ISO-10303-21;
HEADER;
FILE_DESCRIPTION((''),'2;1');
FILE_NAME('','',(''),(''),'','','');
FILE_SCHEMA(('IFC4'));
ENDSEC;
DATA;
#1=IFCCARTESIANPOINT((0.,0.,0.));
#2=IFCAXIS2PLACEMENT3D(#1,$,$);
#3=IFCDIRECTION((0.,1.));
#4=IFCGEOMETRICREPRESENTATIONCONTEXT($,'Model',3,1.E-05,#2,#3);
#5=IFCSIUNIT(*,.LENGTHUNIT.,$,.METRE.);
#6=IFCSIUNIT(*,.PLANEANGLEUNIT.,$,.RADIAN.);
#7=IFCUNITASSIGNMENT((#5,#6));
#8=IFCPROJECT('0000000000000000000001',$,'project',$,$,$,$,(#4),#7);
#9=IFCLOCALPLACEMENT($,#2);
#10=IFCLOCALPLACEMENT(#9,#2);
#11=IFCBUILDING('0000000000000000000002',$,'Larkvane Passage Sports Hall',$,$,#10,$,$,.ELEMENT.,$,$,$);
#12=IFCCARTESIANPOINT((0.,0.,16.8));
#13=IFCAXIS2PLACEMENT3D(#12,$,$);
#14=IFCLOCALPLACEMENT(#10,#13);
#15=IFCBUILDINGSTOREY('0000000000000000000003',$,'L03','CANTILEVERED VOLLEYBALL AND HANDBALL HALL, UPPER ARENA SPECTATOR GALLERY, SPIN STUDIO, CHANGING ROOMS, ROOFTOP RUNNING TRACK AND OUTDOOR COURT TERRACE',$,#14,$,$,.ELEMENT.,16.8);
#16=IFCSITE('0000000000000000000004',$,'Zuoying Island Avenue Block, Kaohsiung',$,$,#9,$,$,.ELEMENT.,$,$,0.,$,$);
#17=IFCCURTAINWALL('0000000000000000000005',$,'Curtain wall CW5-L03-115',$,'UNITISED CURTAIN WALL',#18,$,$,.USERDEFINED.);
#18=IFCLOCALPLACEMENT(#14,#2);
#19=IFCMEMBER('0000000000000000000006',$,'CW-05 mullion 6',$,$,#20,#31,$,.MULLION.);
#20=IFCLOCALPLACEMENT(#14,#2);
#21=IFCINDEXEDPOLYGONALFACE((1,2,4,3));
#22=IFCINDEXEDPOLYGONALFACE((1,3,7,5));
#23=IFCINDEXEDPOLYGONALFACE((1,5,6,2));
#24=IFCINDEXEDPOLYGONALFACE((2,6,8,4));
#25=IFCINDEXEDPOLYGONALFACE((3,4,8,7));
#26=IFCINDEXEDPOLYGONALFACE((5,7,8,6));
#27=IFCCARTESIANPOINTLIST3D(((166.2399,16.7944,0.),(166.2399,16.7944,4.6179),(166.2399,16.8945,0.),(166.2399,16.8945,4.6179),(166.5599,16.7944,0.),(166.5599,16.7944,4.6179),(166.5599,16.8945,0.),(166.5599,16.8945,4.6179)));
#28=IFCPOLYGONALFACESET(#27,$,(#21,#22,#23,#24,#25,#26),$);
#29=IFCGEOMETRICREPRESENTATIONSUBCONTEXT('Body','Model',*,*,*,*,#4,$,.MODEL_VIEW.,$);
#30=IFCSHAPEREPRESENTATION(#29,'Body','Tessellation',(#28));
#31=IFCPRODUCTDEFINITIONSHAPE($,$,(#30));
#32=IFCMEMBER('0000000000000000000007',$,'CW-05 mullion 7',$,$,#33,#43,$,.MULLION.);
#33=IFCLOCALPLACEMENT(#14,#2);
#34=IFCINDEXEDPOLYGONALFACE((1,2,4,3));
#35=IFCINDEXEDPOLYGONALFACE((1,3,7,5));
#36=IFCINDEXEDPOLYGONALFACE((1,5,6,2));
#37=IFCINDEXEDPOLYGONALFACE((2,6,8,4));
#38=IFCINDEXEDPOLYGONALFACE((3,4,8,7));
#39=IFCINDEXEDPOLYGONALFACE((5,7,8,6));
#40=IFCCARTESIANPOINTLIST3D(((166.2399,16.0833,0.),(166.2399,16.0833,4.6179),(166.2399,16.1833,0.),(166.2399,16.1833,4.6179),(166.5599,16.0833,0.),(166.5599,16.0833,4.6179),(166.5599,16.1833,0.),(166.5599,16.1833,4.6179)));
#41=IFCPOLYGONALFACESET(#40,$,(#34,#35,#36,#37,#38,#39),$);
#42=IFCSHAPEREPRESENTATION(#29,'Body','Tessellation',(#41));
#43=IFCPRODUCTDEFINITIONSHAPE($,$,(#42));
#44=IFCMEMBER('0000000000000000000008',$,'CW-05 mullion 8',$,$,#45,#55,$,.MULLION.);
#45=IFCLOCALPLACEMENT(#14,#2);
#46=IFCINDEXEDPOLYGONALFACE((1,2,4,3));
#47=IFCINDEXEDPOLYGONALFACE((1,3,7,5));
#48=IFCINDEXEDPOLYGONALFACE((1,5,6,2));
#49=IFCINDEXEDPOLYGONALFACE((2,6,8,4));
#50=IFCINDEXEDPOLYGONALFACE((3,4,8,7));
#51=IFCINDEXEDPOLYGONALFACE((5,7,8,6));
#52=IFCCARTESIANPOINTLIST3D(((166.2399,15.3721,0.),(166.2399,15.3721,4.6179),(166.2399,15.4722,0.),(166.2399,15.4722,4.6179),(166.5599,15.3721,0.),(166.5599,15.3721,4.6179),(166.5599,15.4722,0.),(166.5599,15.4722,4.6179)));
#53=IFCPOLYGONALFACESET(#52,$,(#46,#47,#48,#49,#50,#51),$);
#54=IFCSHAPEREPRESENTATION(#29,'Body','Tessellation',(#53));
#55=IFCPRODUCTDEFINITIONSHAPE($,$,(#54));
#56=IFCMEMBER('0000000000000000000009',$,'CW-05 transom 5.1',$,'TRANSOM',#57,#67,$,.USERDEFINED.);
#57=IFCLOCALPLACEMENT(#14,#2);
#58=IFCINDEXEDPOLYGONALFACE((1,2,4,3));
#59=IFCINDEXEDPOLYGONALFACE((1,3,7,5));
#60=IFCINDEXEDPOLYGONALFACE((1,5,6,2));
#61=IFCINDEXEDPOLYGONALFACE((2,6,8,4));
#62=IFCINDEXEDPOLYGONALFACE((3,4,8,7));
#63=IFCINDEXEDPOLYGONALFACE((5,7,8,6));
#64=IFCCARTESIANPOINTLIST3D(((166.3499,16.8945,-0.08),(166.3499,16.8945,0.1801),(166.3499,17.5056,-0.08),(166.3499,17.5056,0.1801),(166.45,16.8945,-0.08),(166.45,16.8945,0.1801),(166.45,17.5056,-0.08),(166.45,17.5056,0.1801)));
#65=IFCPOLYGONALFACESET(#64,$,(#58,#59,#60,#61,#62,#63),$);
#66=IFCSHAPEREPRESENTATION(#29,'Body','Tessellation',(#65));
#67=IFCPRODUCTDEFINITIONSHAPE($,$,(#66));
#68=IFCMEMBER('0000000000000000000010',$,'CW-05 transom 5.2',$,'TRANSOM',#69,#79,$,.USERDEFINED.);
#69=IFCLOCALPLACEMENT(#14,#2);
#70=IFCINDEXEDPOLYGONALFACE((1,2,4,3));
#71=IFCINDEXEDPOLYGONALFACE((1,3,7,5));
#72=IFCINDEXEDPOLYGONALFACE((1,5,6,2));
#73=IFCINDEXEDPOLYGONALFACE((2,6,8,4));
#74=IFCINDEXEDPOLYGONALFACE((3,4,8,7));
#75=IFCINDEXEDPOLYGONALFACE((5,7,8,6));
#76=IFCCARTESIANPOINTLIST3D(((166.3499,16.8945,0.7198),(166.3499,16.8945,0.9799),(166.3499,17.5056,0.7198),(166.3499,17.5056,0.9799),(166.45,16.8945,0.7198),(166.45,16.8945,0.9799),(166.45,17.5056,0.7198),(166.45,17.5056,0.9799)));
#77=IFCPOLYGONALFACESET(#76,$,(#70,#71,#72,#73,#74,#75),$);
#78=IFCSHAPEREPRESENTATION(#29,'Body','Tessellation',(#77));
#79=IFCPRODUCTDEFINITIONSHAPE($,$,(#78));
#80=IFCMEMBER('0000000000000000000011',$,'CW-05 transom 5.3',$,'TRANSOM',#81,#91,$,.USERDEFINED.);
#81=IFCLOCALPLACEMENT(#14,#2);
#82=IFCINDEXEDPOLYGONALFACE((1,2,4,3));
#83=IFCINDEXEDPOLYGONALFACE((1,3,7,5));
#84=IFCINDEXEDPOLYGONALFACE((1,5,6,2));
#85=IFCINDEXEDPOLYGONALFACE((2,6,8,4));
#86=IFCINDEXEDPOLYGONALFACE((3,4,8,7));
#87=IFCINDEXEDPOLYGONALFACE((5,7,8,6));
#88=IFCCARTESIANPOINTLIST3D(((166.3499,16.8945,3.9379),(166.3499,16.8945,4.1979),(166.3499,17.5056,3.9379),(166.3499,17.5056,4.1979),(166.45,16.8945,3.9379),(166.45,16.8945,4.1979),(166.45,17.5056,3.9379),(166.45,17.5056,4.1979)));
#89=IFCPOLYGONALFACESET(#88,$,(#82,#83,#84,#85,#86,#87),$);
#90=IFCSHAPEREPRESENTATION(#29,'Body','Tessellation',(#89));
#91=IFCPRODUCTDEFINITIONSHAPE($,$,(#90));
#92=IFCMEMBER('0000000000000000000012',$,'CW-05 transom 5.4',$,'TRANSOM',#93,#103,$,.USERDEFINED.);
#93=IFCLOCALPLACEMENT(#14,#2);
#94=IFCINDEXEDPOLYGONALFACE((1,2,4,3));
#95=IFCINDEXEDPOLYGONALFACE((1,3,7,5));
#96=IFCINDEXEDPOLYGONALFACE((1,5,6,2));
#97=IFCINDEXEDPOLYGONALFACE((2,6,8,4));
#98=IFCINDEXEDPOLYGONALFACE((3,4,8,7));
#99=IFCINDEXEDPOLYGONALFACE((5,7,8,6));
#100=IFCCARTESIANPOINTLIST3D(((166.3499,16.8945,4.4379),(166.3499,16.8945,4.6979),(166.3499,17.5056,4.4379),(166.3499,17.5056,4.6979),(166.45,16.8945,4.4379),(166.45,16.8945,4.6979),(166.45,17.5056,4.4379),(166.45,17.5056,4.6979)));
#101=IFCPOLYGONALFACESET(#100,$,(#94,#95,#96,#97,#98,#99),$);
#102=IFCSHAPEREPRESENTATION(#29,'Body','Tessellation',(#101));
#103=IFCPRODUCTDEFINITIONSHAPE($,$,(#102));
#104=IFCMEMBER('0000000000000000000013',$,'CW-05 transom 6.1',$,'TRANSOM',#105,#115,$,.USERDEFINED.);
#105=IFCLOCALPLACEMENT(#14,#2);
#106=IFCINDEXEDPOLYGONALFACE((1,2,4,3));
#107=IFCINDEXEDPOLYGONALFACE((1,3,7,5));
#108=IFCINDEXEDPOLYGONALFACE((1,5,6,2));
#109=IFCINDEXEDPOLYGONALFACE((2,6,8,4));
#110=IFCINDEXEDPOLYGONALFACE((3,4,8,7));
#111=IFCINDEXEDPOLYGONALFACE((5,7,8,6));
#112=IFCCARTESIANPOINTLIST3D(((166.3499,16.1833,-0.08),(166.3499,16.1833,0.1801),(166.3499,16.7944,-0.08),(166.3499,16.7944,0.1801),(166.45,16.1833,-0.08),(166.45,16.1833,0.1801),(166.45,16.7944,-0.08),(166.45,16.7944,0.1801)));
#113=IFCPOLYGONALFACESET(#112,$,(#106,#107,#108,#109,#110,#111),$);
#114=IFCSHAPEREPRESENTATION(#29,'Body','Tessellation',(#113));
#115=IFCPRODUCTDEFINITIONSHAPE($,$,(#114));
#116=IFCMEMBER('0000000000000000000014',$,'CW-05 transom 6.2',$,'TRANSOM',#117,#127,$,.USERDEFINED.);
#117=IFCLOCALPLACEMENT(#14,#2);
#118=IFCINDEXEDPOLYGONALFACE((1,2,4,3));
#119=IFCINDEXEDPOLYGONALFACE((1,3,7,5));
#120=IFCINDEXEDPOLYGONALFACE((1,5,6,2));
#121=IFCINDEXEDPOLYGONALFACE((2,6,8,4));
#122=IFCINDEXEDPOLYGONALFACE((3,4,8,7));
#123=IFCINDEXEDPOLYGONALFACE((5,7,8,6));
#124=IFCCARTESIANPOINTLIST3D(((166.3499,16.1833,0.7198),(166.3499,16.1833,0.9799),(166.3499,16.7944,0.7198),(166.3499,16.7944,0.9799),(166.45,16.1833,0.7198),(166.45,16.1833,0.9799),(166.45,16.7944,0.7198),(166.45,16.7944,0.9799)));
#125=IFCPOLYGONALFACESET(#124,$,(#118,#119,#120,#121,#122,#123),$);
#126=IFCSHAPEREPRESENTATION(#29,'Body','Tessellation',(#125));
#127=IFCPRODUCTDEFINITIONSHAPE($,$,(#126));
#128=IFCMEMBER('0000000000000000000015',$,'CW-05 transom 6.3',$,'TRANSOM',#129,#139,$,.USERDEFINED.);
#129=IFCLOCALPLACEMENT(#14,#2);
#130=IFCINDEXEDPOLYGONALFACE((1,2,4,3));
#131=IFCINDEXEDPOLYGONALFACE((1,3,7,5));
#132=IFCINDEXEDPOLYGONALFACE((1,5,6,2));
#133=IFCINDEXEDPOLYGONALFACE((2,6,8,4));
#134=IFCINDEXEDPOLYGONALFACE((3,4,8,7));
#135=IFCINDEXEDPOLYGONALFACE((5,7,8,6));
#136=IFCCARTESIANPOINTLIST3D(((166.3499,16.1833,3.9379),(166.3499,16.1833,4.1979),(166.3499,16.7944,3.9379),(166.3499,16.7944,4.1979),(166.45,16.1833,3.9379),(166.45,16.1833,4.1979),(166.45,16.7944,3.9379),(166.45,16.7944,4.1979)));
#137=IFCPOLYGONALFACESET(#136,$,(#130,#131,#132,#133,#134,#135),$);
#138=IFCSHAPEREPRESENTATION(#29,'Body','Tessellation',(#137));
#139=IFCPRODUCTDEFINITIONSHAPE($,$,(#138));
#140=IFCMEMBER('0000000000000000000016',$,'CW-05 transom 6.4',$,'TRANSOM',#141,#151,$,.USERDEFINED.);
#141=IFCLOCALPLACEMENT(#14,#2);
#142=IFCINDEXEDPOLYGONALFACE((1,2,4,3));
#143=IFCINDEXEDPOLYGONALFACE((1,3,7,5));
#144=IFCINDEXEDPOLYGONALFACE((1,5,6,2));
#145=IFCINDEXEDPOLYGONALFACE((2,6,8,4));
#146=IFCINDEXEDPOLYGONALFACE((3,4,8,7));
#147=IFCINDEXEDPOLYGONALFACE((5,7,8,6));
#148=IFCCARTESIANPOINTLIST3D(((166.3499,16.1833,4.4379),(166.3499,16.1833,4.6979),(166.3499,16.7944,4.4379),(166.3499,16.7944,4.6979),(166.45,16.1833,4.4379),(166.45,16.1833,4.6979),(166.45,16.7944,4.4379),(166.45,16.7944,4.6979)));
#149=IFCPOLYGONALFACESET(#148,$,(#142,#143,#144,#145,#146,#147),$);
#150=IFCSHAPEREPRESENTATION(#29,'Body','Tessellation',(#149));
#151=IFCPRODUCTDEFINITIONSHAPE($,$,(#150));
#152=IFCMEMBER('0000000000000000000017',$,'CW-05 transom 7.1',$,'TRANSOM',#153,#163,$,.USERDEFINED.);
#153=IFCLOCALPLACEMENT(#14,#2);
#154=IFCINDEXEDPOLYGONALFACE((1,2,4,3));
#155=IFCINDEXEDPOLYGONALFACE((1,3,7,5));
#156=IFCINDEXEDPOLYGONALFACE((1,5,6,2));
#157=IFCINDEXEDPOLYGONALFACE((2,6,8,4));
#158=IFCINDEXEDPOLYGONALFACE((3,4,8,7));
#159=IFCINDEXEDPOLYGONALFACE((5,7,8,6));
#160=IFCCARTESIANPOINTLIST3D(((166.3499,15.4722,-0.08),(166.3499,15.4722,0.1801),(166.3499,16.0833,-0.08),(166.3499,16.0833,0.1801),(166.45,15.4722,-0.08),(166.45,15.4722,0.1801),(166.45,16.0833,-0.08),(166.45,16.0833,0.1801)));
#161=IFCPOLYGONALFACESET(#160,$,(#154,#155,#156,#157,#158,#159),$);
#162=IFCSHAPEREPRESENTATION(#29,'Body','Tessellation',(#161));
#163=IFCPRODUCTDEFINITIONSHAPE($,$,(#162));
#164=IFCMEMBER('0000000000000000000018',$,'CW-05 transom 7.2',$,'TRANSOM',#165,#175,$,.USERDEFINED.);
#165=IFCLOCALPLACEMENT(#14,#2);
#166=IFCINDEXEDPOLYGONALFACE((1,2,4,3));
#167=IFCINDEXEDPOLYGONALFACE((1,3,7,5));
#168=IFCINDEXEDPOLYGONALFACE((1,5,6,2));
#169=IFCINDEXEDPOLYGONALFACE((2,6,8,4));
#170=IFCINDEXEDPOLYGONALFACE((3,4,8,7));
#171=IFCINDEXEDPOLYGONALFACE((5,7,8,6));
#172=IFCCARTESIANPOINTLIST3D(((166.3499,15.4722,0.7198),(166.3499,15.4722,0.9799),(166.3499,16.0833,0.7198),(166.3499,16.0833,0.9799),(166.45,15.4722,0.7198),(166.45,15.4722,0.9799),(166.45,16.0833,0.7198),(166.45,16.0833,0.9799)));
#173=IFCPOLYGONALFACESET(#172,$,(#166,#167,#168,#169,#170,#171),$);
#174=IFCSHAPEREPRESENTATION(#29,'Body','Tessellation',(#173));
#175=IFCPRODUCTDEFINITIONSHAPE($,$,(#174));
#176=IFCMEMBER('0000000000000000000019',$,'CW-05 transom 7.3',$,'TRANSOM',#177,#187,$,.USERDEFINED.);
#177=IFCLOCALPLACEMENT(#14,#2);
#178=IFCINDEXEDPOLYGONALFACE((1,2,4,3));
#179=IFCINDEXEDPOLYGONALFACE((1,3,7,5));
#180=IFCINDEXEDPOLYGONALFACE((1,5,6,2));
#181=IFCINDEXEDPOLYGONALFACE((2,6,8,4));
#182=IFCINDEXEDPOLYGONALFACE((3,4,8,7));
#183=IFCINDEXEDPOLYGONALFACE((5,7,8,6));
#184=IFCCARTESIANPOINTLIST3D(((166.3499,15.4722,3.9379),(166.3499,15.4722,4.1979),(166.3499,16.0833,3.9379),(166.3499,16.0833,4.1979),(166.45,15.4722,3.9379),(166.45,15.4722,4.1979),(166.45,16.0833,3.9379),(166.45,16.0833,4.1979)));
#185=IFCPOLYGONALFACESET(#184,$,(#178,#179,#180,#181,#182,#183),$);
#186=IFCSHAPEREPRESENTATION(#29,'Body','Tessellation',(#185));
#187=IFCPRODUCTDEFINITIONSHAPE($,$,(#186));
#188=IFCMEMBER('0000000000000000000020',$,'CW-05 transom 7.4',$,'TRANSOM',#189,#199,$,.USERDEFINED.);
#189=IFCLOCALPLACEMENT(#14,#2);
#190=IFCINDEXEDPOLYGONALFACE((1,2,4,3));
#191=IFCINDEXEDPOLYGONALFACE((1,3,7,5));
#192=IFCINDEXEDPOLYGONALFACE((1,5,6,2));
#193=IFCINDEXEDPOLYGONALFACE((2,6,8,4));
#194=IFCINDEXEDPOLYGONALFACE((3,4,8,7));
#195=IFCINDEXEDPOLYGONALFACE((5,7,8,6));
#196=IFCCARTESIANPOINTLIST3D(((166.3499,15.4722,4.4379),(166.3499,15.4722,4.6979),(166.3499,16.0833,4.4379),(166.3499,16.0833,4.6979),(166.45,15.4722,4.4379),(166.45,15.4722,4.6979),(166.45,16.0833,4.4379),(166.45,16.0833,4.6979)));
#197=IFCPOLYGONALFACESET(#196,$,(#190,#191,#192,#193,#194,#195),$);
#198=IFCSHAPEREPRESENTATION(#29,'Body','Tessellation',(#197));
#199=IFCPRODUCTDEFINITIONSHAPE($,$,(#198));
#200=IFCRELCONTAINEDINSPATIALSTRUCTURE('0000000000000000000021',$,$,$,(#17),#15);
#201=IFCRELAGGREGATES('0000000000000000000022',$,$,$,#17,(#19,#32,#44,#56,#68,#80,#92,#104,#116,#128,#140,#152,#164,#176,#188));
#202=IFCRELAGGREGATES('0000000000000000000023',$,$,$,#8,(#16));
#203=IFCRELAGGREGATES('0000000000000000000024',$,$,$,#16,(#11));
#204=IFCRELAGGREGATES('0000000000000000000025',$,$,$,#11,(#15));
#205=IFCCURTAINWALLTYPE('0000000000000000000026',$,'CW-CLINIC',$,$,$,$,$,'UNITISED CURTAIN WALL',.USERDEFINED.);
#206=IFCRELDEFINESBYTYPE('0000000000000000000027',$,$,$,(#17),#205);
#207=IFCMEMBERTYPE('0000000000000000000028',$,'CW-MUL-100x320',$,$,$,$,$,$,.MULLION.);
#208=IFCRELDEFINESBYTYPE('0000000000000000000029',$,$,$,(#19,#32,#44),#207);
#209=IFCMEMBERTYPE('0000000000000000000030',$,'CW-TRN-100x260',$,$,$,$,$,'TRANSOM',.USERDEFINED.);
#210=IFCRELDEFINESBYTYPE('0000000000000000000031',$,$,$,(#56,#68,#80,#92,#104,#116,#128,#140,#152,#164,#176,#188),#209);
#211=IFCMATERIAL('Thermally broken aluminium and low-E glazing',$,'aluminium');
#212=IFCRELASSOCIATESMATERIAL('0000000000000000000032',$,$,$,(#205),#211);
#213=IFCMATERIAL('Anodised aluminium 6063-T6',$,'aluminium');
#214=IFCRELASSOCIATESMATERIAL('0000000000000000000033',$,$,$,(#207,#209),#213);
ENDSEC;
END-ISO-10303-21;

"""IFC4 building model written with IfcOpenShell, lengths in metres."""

from ifc_helpers import new_model, si_unit, direction, frame, origin, origin_2d, place, context, subcontext, project, spatial, rectangle, extrude, material, material_profile, profile_set, type_object, element, aggregate, save


model = new_model("IFC4")

# Units and contexts
model_context = context("Model", 3, precision=1e-05, world=origin(), true_north=direction((0.0, 1.0)))
body_context = subcontext(model_context, "Body", "Model", "MODEL_VIEW")
ifc_project = project(units=[si_unit("LENGTHUNIT", "METRE"), si_unit("PLANEANGLEUNIT", "RADIAN")], contexts=[model_context])

# Site, building, storey
site_placement = place(None, origin())
site = spatial("IfcSite", under=ifc_project, at=site_placement, Name="Zuoying Island Avenue Block, Kaohsiung", CompositionType="ELEMENT", RefElevation=0.0)
building_placement = place(site_placement, origin())
building = spatial("IfcBuilding", under=site, at=building_placement, Name="Larkvane Passage Sports Hall", CompositionType="ELEMENT")
storey_placement = place(building_placement, frame((0.0, 0.0, 16.8)))
storey = spatial("IfcBuildingStorey", under=building, at=storey_placement, Name="L03", Description="CANTILEVERED VOLLEYBALL AND HANDBALL HALL, UPPER ARENA SPECTATOR GALLERY, SPIN STUDIO, CHANGING ROOMS, ROOFTOP RUNNING TRACK AND OUTDOOR COURT TERRACE", CompositionType="ELEMENT", Elevation=16.8)

# Curtain wall, members
ifc_material_1 = material(Name="Thermally broken aluminium and low-E glazing", Category="aluminium")
curtain_wall_type = type_object("IfcCurtainWallType", Name="CW-CLINIC", ElementType="UNITISED CURTAIN WALL", PredefinedType="USERDEFINED", material=ifc_material_1)
curtain_wall_placement = place(storey_placement, origin())
curtain_wall = element("IfcCurtainWall", 1, at=curtain_wall_placement, inside=storey, type_object=curtain_wall_type, Name="Curtain wall CW5-L03-115", ObjectType="UNITISED CURTAIN WALL", PredefinedType="USERDEFINED")
ifc_material_2 = material(Name="Anodised aluminium 6063-T6", Category="aluminium")
ifc_material_profile_1 = material_profile(ifc_material_2, rectangle(XDim=0.1001, YDim=0.3201, at=origin_2d()), Name="ALU-MUL-100x320")
ifc_profile_set_1 = profile_set([ifc_material_profile_1], Name="Anodised aluminium 6063-T6")
member_type_1 = type_object("IfcMemberType", Name="CW-MUL-100x320", PredefinedType="MULLION", material=ifc_profile_set_1)
member_1_placement = place(storey_placement, frame((166.3999, 16.8445, 0.0), z_axis=(0.0, 0.0, 1.0), x_axis=(0.0, -1.0, 0.0)))
member_1 = element("IfcMember", 2, at=member_1_placement, type_object=member_type_1, Name="CW-05 mullion 6", PredefinedType="MULLION", context=body_context, shape_type="SweptSolid", body=[
    extrude(rectangle(XDim=0.1001, YDim=0.3201, at=origin_2d()), origin(), (0.0, 0.0, 1.0), 4.6179),
])
member_2_placement = place(storey_placement, frame((166.3999, 16.1333, 0.0), z_axis=(0.0, 0.0, 1.0), x_axis=(0.0, -1.0, 0.0)))
member_2 = element("IfcMember", 3, at=member_2_placement, type_object=member_type_1, Name="CW-05 mullion 7", PredefinedType="MULLION", context=body_context, shape_type="SweptSolid", body=[
    extrude(rectangle(XDim=0.1001, YDim=0.3201, at=origin_2d()), origin(), (0.0, 0.0, 1.0), 4.6179),
])
member_3_placement = place(storey_placement, frame((166.3999, 15.4221, 0.0), z_axis=(0.0, 0.0, 1.0), x_axis=(0.0, -1.0, 0.0)))
member_3 = element("IfcMember", 4, at=member_3_placement, type_object=member_type_1, Name="CW-05 mullion 8", PredefinedType="MULLION", context=body_context, shape_type="SweptSolid", body=[
    extrude(rectangle(XDim=0.1001, YDim=0.3201, at=origin_2d()), origin(), (0.0, 0.0, 1.0), 4.6179),
])
ifc_material_profile_2 = material_profile(ifc_material_2, rectangle(XDim=0.1001, YDim=0.26, at=origin_2d()), Name="ALU-TRN-100x260")
ifc_profile_set_2 = profile_set([ifc_material_profile_2], Name="Anodised aluminium 6063-T6")
member_type_2 = type_object("IfcMemberType", Name="CW-TRN-100x260", ElementType="TRANSOM", PredefinedType="USERDEFINED", material=ifc_profile_set_2)
member_4_placement = place(storey_placement, frame((166.3999, 17.5056, 0.05), z_axis=(0.0, -1.0, 0.0), x_axis=(1.0, 0.0, 0.0)))
member_4 = element("IfcMember", 5, at=member_4_placement, type_object=member_type_2, Name="CW-05 transom 5.1", ObjectType="TRANSOM", PredefinedType="USERDEFINED", context=body_context, shape_type="SweptSolid", body=[
    extrude(rectangle(XDim=0.1001, YDim=0.26, at=origin_2d()), origin(), (0.0, 0.0, 1.0), 0.6111),
])
member_5_placement = place(storey_placement, frame((166.3999, 17.5056, 0.8499), z_axis=(0.0, -1.0, 0.0), x_axis=(1.0, 0.0, 0.0)))
member_5 = element("IfcMember", 6, at=member_5_placement, type_object=member_type_2, Name="CW-05 transom 5.2", ObjectType="TRANSOM", PredefinedType="USERDEFINED", context=body_context, shape_type="SweptSolid", body=[
    extrude(rectangle(XDim=0.1001, YDim=0.26, at=origin_2d()), origin(), (0.0, 0.0, 1.0), 0.6111),
])
member_6_placement = place(storey_placement, frame((166.3999, 17.5056, 4.0679), z_axis=(0.0, -1.0, 0.0), x_axis=(1.0, 0.0, 0.0)))
member_6 = element("IfcMember", 7, at=member_6_placement, type_object=member_type_2, Name="CW-05 transom 5.3", ObjectType="TRANSOM", PredefinedType="USERDEFINED", context=body_context, shape_type="SweptSolid", body=[
    extrude(rectangle(XDim=0.1001, YDim=0.26, at=origin_2d()), origin(), (0.0, 0.0, 1.0), 0.6111),
])
member_7_placement = place(storey_placement, frame((166.3999, 17.5056, 4.5679), z_axis=(0.0, -1.0, 0.0), x_axis=(1.0, 0.0, 0.0)))
member_7 = element("IfcMember", 8, at=member_7_placement, type_object=member_type_2, Name="CW-05 transom 5.4", ObjectType="TRANSOM", PredefinedType="USERDEFINED", context=body_context, shape_type="SweptSolid", body=[
    extrude(rectangle(XDim=0.1001, YDim=0.26, at=origin_2d()), origin(), (0.0, 0.0, 1.0), 0.6111),
])
member_8_placement = place(storey_placement, frame((166.3999, 16.7944, 0.05), z_axis=(0.0, -1.0, 0.0), x_axis=(1.0, 0.0, 0.0)))
member_8 = element("IfcMember", 9, at=member_8_placement, type_object=member_type_2, Name="CW-05 transom 6.1", ObjectType="TRANSOM", PredefinedType="USERDEFINED", context=body_context, shape_type="SweptSolid", body=[
    extrude(rectangle(XDim=0.1001, YDim=0.26, at=origin_2d()), origin(), (0.0, 0.0, 1.0), 0.6111),
])
member_9_placement = place(storey_placement, frame((166.3999, 16.7944, 0.8499), z_axis=(0.0, -1.0, 0.0), x_axis=(1.0, 0.0, 0.0)))
member_9 = element("IfcMember", 10, at=member_9_placement, type_object=member_type_2, Name="CW-05 transom 6.2", ObjectType="TRANSOM", PredefinedType="USERDEFINED", context=body_context, shape_type="SweptSolid", body=[
    extrude(rectangle(XDim=0.1001, YDim=0.26, at=origin_2d()), origin(), (0.0, 0.0, 1.0), 0.6111),
])
member_10_placement = place(storey_placement, frame((166.3999, 16.7944, 4.0679), z_axis=(0.0, -1.0, 0.0), x_axis=(1.0, 0.0, 0.0)))
member_10 = element("IfcMember", 11, at=member_10_placement, type_object=member_type_2, Name="CW-05 transom 6.3", ObjectType="TRANSOM", PredefinedType="USERDEFINED", context=body_context, shape_type="SweptSolid", body=[
    extrude(rectangle(XDim=0.1001, YDim=0.26, at=origin_2d()), origin(), (0.0, 0.0, 1.0), 0.6111),
])
member_11_placement = place(storey_placement, frame((166.3999, 16.7944, 4.5679), z_axis=(0.0, -1.0, 0.0), x_axis=(1.0, 0.0, 0.0)))
member_11 = element("IfcMember", 12, at=member_11_placement, type_object=member_type_2, Name="CW-05 transom 6.4", ObjectType="TRANSOM", PredefinedType="USERDEFINED", context=body_context, shape_type="SweptSolid", body=[
    extrude(rectangle(XDim=0.1001, YDim=0.26, at=origin_2d()), origin(), (0.0, 0.0, 1.0), 0.6111),
])
member_12_placement = place(storey_placement, frame((166.3999, 16.0833, 0.05), z_axis=(0.0, -1.0, 0.0), x_axis=(1.0, 0.0, 0.0)))
member_12 = element("IfcMember", 13, at=member_12_placement, type_object=member_type_2, Name="CW-05 transom 7.1", ObjectType="TRANSOM", PredefinedType="USERDEFINED", context=body_context, shape_type="SweptSolid", body=[
    extrude(rectangle(XDim=0.1001, YDim=0.26, at=origin_2d()), origin(), (0.0, 0.0, 1.0), 0.6111),
])
member_13_placement = place(storey_placement, frame((166.3999, 16.0833, 0.8499), z_axis=(0.0, -1.0, 0.0), x_axis=(1.0, 0.0, 0.0)))
member_13 = element("IfcMember", 14, at=member_13_placement, type_object=member_type_2, Name="CW-05 transom 7.2", ObjectType="TRANSOM", PredefinedType="USERDEFINED", context=body_context, shape_type="SweptSolid", body=[
    extrude(rectangle(XDim=0.1001, YDim=0.26, at=origin_2d()), origin(), (0.0, 0.0, 1.0), 0.6111),
])
member_14_placement = place(storey_placement, frame((166.3999, 16.0833, 4.0679), z_axis=(0.0, -1.0, 0.0), x_axis=(1.0, 0.0, 0.0)))
member_14 = element("IfcMember", 15, at=member_14_placement, type_object=member_type_2, Name="CW-05 transom 7.3", ObjectType="TRANSOM", PredefinedType="USERDEFINED", context=body_context, shape_type="SweptSolid", body=[
    extrude(rectangle(XDim=0.1001, YDim=0.26, at=origin_2d()), origin(), (0.0, 0.0, 1.0), 0.6111),
])
member_15_placement = place(storey_placement, frame((166.3999, 16.0833, 4.5679), z_axis=(0.0, -1.0, 0.0), x_axis=(1.0, 0.0, 0.0)))
member_15 = element("IfcMember", 16, at=member_15_placement, type_object=member_type_2, Name="CW-05 transom 7.4", ObjectType="TRANSOM", PredefinedType="USERDEFINED", context=body_context, shape_type="SweptSolid", body=[
    extrude(rectangle(XDim=0.1001, YDim=0.26, at=origin_2d()), origin(), (0.0, 0.0, 1.0), 0.6111),
])
aggregate(curtain_wall, [member_1, member_2, member_3, member_4, member_5, member_6, member_7, member_8, member_9, member_10, member_11, member_12, member_13, member_14, member_15])

save(model, "model.ifc")
